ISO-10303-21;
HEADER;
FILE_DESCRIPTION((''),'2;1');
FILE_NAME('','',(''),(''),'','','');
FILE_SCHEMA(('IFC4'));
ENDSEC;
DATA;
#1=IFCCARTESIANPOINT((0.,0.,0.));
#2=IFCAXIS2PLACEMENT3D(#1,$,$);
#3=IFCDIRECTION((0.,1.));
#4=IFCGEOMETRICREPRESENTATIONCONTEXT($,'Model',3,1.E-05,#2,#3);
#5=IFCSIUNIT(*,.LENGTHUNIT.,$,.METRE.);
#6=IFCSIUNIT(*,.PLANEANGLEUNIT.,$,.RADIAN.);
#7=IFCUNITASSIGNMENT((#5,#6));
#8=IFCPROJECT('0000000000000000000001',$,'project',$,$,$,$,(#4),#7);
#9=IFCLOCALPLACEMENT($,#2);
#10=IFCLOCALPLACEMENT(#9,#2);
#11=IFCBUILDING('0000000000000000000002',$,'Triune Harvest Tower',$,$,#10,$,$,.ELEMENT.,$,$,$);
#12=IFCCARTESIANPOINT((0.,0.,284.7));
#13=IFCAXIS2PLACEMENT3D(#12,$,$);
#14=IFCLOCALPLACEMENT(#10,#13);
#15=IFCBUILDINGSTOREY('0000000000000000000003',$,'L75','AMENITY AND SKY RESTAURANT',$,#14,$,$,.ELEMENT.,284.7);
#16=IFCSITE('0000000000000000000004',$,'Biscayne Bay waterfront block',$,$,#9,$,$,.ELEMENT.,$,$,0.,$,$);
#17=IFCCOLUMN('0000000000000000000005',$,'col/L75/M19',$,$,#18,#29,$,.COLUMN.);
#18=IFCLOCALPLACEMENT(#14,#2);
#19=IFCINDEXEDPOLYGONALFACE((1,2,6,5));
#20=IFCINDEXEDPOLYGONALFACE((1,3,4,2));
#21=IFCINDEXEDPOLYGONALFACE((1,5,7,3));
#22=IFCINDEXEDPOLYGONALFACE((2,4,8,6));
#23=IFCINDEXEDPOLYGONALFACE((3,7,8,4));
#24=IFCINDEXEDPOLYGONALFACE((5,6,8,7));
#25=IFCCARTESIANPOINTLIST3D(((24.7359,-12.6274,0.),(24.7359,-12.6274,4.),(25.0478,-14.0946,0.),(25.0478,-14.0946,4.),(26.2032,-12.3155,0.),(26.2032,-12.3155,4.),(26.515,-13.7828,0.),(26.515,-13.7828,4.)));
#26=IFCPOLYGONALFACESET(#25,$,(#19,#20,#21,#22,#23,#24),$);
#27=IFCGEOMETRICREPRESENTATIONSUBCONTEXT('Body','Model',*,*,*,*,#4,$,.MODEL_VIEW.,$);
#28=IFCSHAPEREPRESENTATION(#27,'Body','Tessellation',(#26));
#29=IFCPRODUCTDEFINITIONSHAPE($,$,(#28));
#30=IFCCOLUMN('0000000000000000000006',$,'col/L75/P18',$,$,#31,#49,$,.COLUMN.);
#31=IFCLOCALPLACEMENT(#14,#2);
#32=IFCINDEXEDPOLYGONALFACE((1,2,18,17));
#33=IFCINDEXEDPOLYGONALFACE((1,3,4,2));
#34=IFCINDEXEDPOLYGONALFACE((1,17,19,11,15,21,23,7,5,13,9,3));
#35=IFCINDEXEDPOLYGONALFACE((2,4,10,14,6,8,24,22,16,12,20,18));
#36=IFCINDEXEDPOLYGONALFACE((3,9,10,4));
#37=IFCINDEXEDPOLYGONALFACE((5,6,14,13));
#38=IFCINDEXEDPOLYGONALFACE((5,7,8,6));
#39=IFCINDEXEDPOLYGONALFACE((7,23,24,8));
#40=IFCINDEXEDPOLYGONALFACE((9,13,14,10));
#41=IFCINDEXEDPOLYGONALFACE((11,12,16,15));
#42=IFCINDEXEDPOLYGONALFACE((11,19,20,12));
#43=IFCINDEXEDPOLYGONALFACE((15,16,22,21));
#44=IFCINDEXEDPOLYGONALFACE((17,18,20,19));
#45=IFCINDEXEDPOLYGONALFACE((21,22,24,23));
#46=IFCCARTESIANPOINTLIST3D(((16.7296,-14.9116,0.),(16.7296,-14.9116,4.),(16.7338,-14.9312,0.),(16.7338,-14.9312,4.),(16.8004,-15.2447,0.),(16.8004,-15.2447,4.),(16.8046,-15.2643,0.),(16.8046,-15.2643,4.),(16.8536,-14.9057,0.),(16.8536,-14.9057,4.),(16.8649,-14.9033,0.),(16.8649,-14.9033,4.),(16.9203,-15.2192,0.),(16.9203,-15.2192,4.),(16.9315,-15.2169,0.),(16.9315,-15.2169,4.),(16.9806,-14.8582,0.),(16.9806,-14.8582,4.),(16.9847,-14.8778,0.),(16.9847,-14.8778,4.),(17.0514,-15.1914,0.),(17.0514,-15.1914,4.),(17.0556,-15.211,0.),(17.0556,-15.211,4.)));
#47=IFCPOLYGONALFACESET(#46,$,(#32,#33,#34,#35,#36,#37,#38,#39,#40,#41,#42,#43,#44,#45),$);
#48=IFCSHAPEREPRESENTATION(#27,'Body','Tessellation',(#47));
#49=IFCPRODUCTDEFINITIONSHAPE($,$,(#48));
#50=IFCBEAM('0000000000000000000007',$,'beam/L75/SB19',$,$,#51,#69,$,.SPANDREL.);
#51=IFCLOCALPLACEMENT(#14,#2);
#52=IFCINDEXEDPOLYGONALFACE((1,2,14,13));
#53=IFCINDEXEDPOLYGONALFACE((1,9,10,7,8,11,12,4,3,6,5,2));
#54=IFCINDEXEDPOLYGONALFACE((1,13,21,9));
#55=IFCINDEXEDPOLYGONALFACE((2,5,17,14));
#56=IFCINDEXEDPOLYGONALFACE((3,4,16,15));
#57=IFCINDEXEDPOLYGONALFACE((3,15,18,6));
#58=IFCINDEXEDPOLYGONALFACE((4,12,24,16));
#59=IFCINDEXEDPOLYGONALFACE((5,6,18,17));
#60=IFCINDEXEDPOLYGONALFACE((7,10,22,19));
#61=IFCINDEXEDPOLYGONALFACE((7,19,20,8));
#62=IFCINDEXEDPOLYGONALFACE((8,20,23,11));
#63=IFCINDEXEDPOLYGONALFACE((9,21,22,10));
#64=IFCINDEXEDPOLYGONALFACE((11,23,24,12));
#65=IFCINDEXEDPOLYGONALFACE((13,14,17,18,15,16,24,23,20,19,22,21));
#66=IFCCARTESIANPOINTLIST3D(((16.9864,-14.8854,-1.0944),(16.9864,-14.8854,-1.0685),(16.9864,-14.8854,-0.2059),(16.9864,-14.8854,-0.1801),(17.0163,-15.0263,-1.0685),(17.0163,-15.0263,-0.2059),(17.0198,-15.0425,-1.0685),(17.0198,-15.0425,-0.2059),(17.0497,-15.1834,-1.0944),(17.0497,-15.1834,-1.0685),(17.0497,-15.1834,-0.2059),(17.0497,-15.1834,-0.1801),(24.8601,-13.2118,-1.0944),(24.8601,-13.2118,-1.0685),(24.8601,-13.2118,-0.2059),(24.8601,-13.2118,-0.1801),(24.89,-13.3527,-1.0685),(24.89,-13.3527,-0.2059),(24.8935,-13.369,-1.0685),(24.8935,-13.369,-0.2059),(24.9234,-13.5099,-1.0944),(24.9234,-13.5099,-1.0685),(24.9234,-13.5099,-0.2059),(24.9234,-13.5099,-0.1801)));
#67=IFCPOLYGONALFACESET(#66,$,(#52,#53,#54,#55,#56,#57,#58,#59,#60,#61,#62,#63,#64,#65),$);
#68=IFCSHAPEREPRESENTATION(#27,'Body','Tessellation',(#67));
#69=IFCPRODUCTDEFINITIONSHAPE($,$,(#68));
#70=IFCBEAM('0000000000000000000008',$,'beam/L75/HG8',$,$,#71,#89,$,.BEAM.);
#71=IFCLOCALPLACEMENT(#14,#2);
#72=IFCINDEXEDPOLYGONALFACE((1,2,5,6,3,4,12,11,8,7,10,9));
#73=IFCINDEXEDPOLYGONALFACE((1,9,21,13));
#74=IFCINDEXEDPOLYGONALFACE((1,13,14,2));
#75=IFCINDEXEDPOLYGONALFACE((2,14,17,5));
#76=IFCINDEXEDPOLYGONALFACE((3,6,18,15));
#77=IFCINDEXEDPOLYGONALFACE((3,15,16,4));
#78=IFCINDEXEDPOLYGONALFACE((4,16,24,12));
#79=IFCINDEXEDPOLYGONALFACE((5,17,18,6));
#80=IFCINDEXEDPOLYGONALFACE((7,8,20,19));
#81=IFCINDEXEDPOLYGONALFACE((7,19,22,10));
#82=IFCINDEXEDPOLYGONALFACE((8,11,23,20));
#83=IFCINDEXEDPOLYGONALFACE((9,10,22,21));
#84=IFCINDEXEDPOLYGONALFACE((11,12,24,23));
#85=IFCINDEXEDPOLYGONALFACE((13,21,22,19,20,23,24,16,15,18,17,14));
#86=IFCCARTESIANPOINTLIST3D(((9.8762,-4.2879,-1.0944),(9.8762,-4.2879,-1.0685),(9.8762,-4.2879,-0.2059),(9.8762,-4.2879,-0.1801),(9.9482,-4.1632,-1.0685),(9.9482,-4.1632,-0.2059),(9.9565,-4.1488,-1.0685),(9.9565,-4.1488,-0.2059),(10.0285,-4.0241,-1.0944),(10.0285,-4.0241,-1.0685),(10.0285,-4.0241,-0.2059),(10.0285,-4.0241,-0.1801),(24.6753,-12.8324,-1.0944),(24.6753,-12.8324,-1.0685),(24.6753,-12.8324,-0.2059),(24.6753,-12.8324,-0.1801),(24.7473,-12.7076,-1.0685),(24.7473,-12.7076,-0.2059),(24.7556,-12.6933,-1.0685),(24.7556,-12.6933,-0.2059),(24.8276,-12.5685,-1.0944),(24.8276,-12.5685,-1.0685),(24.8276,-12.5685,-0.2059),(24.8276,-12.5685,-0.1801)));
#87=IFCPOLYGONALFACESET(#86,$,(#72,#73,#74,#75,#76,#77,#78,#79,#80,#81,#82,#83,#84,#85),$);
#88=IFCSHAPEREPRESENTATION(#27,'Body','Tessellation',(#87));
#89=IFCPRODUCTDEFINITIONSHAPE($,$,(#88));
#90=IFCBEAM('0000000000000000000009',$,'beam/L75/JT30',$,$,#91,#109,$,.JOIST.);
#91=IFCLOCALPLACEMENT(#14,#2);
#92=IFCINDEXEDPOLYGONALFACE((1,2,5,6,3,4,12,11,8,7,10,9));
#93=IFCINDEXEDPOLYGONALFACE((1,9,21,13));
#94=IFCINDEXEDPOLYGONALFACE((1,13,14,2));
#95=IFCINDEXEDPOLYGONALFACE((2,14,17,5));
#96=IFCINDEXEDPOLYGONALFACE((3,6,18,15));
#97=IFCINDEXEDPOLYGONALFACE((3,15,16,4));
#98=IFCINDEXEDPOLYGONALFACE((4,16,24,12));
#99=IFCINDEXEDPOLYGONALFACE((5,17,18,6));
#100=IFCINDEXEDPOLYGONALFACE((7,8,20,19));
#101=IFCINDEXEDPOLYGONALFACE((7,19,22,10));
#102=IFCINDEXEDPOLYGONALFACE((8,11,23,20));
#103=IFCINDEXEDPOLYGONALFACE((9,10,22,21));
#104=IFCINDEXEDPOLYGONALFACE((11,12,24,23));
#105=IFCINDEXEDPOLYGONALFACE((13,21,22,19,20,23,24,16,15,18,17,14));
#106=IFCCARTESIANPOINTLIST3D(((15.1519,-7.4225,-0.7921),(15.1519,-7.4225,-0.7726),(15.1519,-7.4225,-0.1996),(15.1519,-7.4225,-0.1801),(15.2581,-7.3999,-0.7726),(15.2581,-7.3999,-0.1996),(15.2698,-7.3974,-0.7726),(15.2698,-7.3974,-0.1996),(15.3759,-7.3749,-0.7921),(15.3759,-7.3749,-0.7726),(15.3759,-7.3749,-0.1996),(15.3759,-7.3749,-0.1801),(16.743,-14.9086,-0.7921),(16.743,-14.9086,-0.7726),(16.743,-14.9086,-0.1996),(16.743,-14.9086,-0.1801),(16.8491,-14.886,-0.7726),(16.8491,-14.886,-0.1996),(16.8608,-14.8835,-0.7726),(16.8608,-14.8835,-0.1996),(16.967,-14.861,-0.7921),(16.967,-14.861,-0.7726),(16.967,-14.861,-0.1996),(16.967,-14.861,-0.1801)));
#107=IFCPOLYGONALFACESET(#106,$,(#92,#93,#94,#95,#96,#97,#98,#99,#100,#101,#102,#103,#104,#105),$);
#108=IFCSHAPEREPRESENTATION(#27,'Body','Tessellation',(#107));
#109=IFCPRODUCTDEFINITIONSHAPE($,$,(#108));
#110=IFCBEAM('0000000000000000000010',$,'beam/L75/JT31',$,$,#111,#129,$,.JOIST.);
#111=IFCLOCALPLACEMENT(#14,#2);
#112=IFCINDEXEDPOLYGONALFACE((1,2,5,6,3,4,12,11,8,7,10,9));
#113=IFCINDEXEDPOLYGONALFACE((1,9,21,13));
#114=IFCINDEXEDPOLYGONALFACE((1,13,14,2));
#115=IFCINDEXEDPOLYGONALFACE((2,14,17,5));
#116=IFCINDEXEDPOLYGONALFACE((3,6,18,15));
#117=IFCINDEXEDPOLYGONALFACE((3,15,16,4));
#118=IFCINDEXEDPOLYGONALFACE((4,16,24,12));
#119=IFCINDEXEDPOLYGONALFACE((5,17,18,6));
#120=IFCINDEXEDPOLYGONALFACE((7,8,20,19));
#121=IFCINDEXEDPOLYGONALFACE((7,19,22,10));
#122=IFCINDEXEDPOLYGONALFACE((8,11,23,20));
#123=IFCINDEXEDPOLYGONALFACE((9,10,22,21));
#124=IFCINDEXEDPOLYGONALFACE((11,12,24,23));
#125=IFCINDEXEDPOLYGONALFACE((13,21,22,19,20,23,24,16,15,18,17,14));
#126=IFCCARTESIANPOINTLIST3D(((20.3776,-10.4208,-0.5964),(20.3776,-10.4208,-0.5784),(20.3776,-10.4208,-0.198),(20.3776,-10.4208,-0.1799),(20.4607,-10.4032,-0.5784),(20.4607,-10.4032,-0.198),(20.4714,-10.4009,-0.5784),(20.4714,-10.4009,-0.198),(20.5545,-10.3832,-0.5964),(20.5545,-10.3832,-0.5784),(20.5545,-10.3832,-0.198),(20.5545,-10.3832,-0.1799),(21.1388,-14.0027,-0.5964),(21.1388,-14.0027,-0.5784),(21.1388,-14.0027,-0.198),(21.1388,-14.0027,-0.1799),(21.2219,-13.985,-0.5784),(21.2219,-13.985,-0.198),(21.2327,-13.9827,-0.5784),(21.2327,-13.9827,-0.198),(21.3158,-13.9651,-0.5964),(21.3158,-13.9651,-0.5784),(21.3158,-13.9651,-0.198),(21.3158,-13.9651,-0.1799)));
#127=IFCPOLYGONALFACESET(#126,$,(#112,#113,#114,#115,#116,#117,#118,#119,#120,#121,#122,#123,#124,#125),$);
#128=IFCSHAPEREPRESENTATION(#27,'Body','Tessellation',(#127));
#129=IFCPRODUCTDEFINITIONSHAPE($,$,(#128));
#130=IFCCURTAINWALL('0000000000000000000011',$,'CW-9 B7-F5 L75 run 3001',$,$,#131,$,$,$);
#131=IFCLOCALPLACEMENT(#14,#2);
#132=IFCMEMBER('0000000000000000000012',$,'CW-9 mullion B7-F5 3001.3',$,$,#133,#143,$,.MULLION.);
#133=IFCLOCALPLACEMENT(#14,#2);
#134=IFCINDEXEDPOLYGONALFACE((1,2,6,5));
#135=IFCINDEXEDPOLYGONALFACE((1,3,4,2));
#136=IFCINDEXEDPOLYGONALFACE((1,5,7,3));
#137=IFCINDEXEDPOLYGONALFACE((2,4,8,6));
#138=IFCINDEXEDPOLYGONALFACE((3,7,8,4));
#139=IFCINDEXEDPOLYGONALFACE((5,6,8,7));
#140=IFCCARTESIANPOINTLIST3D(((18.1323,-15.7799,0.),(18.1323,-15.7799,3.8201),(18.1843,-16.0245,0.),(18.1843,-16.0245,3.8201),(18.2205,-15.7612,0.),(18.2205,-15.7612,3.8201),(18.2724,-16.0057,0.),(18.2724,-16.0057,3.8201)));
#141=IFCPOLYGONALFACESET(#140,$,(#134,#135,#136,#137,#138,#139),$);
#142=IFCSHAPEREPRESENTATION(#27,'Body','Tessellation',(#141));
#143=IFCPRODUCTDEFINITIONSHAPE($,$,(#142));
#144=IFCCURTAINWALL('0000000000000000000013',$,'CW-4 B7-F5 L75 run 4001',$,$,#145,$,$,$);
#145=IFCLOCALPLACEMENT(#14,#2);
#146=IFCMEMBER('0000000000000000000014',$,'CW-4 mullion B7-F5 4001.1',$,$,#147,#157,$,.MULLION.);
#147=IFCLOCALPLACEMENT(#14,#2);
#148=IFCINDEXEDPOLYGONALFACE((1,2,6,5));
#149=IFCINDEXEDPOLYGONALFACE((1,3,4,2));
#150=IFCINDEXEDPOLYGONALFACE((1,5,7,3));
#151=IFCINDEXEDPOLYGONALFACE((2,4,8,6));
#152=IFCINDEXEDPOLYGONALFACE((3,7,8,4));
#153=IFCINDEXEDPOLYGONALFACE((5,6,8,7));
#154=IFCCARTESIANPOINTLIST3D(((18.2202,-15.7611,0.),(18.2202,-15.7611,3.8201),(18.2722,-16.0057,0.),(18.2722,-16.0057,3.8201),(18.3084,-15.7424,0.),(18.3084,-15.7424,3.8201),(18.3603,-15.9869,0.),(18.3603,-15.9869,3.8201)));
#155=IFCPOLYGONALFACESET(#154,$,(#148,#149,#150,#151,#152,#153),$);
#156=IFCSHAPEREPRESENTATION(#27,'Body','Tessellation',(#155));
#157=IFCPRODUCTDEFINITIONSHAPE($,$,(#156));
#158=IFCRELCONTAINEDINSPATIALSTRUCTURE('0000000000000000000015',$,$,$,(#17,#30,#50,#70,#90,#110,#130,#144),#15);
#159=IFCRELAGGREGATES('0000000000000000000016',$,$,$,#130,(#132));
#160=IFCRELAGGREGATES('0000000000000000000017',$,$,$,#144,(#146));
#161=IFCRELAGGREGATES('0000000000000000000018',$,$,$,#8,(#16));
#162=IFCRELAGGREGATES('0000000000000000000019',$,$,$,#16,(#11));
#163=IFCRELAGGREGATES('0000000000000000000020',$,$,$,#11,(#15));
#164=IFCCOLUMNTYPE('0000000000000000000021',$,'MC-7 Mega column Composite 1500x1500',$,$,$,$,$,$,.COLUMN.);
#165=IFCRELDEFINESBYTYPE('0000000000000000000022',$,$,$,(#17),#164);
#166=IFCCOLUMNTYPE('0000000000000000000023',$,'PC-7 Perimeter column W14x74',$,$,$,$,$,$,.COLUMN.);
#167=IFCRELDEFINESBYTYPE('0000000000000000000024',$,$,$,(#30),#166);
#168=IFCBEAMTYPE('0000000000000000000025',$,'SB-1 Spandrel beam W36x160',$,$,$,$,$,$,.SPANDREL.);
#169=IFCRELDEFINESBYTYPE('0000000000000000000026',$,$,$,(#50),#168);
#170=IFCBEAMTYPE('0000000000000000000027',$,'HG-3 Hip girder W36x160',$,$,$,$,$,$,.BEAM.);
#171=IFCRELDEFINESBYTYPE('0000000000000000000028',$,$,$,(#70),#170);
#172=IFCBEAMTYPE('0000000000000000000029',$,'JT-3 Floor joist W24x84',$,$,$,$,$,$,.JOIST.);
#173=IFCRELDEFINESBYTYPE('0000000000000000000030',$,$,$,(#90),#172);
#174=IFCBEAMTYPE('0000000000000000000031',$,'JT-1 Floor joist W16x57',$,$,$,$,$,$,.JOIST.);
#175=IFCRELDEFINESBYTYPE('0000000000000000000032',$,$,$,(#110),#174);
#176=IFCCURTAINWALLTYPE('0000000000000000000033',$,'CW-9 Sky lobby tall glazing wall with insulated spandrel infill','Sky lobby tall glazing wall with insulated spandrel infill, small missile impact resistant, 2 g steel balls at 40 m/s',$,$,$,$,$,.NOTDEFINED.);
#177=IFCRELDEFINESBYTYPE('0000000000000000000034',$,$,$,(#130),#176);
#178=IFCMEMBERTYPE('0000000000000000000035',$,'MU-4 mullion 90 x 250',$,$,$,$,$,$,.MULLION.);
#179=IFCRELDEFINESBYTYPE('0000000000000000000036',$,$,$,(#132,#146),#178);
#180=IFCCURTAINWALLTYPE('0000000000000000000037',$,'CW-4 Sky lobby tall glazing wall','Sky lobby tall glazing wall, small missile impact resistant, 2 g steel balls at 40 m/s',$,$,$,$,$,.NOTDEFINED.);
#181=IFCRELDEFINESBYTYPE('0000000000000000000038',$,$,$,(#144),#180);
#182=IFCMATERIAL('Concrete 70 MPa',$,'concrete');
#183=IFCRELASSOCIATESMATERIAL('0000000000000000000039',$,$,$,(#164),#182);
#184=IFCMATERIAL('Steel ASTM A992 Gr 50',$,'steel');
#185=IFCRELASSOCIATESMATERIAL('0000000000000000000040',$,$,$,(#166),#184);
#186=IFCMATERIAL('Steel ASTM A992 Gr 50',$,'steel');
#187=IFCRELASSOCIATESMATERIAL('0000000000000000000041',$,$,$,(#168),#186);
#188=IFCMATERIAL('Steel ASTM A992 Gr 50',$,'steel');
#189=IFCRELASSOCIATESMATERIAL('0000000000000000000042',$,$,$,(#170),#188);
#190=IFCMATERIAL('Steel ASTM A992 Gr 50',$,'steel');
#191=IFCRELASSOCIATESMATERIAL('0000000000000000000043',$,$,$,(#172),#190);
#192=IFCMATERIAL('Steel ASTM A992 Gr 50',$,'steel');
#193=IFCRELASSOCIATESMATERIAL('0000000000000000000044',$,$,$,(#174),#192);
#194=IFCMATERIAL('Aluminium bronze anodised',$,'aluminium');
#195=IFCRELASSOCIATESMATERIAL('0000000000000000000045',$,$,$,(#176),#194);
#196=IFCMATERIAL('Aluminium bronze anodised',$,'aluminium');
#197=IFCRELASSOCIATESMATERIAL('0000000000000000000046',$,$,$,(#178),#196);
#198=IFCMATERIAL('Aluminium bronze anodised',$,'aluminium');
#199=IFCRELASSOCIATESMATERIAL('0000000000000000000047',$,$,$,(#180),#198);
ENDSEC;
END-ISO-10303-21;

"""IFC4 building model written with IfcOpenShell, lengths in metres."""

from ifc_helpers import new_model, si_unit, direction, frame, origin, origin_2d, place, context, subcontext, project, spatial, rectangle, i_section, extrude, source, transform, mapped, material, material_profile, profile_set, type_object, element, aggregate, save


model = new_model("IFC4")

# Units and contexts
model_context = context("Model", 3, precision=1e-05, world=origin(), true_north=direction((0.0, 1.0)))
body_context = subcontext(model_context, "Body", "Model", "MODEL_VIEW")
ifc_project = project(units=[si_unit("LENGTHUNIT", "METRE"), si_unit("PLANEANGLEUNIT", "RADIAN")], contexts=[model_context])

# Site, building, storey
site_placement = place(None, origin())
site = spatial("IfcSite", under=ifc_project, at=site_placement, Name="Biscayne Bay waterfront block", CompositionType="ELEMENT", RefElevation=0.0)
building_placement = place(site_placement, origin())
building = spatial("IfcBuilding", under=site, at=building_placement, Name="Triune Harvest Tower", CompositionType="ELEMENT")
storey_placement = place(building_placement, frame((0.0, 0.0, 284.7)))
storey = spatial("IfcBuildingStorey", under=building, at=storey_placement, Name="L75", Description="AMENITY AND SKY RESTAURANT", CompositionType="ELEMENT", Elevation=284.7)

# Columns
ifc_material_1 = material(Name="Concrete 70 MPa", Category="concrete")
ifc_material_profile_1 = material_profile(ifc_material_1, rectangle(XDim=1.5, YDim=1.5, at=origin_2d()), Name="Composite 1500x1500")
ifc_profile_set_1 = profile_set([ifc_material_profile_1], Name="Concrete 70 MPa")
column_type_1 = type_object("IfcColumnType", Name="MC-7 Mega column Composite 1500x1500", PredefinedType="COLUMN", material=ifc_profile_set_1)
shared_shape_1 = source(origin(), body_context, "Body", "SweptSolid", [
    extrude(rectangle(XDim=1.5, YDim=1.5, at=origin_2d()), origin(), (0.0, 0.0, 1.0), 4.0),
])
column_1_placement = place(storey_placement, frame((25.6255, -13.2051, 0.0), z_axis=(0.0, 0.0, 1.0), x_axis=(0.978147, 0.207913, 0.0)))
element("IfcColumn", 1, at=column_1_placement, inside=storey, type_object=column_type_1, Name="col/L75/M19", PredefinedType="COLUMN", context=body_context, shape_type="MappedRepresentation", body=[
    mapped(shared_shape_1, transform((0.0, 0.0, 0.0), scale=1.0)),
])
ifc_material_2 = material(Name="Steel ASTM A992 Gr 50", Category="steel")
ifc_material_profile_2 = material_profile(ifc_material_2, i_section(OverallWidth=0.2566, OverallDepth=0.3606, WebThickness=0.0115, FlangeThickness=0.02, at=origin_2d()), Name="W14x74")
ifc_profile_set_2 = profile_set([ifc_material_profile_2], Name="Steel ASTM A992 Gr 50")
column_type_2 = type_object("IfcColumnType", Name="PC-7 Perimeter column W14x74", PredefinedType="COLUMN", material=ifc_profile_set_2)
shared_shape_2 = source(origin(), body_context, "Body", "SweptSolid", [
    extrude(i_section(OverallWidth=0.2566, OverallDepth=0.3606, WebThickness=0.0115, FlangeThickness=0.02, at=origin_2d()), origin(), (0.0, 0.0, 1.0), 4.0),
])
column_2_placement = place(storey_placement, frame((16.8926, -15.0613, 0.0), z_axis=(0.0, 0.0, 1.0), x_axis=(0.978147, 0.207913, 0.0)))
element("IfcColumn", 2, at=column_2_placement, inside=storey, type_object=column_type_2, Name="col/L75/P18", PredefinedType="COLUMN", context=body_context, shape_type="MappedRepresentation", body=[
    mapped(shared_shape_2, transform((0.0, 0.0, 0.0), scale=1.0)),
])

# Beams
ifc_material_3 = material(Name="Steel ASTM A992 Gr 50", Category="steel")
ifc_material_profile_3 = material_profile(ifc_material_3, i_section(OverallWidth=0.3047, OverallDepth=0.9143, WebThickness=0.0166, FlangeThickness=0.0259, at=origin_2d()), Name="W36x160")
ifc_profile_set_3 = profile_set([ifc_material_profile_3], Name="Steel ASTM A992 Gr 50")
beam_type_1 = type_object("IfcBeamType", Name="SB-1 Spandrel beam W36x160", PredefinedType="SPANDREL", material=ifc_profile_set_3)
shared_shape_3 = source(origin(), body_context, "Body", "SweptSolid", [
    extrude(i_section(OverallWidth=0.3047, OverallDepth=0.9143, WebThickness=0.0166, FlangeThickness=0.0259, at=origin_2d()), origin(), (0.0, 0.0, 1.0), 8.0496),
])
beam_1_placement = place(storey_placement, frame((17.0181, -15.0344, -0.6372), z_axis=(0.978149, 0.207907, 0.0), x_axis=(-0.207907, 0.978149, 0.0)))
element("IfcBeam", 3, at=beam_1_placement, inside=storey, type_object=beam_type_1, Name="beam/L75/SB19", PredefinedType="SPANDREL", context=body_context, shape_type="MappedRepresentation", body=[
    mapped(shared_shape_3, transform((0.0, 0.0, 0.0), scale=1.0)),
])
ifc_material_4 = material(Name="Steel ASTM A992 Gr 50", Category="steel")
ifc_material_profile_4 = material_profile(ifc_material_4, i_section(OverallWidth=0.3047, OverallDepth=0.9143, WebThickness=0.0166, FlangeThickness=0.0259, at=origin_2d()), Name="W36x160")
ifc_profile_set_4 = profile_set([ifc_material_profile_4], Name="Steel ASTM A992 Gr 50")
beam_type_2 = type_object("IfcBeamType", Name="HG-3 Hip girder W36x160", PredefinedType="BEAM", material=ifc_profile_set_4)
shared_shape_4 = source(origin(), body_context, "Body", "SweptSolid", [
    extrude(i_section(OverallWidth=0.3047, OverallDepth=0.9143, WebThickness=0.0166, FlangeThickness=0.0259, at=origin_2d()), origin(), (0.0, 0.0, 1.0), 17.0886),
])
beam_2_placement = place(storey_placement, frame((24.7515, -12.7004, -0.6372), z_axis=(-0.866021, 0.500008, 0.0), x_axis=(-0.500008, -0.866021, 0.0)))
element("IfcBeam", 4, at=beam_2_placement, inside=storey, type_object=beam_type_2, Name="beam/L75/HG8", PredefinedType="BEAM", context=body_context, shape_type="MappedRepresentation", body=[
    mapped(shared_shape_4, transform((0.0, 0.0, 0.0), scale=1.0)),
])
ifc_material_5 = material(Name="Steel ASTM A992 Gr 50", Category="steel")
ifc_material_profile_5 = material_profile(ifc_material_5, i_section(OverallWidth=0.229, OverallDepth=0.6121, WebThickness=0.012, FlangeThickness=0.0195, at=origin_2d()), Name="W24x84")
ifc_profile_set_5 = profile_set([ifc_material_profile_5], Name="Steel ASTM A992 Gr 50")
beam_type_3 = type_object("IfcBeamType", Name="JT-3 Floor joist W24x84", PredefinedType="JOIST", material=ifc_profile_set_5)
shared_shape_5 = source(origin(), body_context, "Body", "SweptSolid", [
    extrude(i_section(OverallWidth=0.229, OverallDepth=0.6121, WebThickness=0.012, FlangeThickness=0.0195, at=origin_2d()), origin(), (0.0, 0.0, 1.0), 7.6533),
])
beam_3_placement = place(storey_placement, frame((16.855, -14.8848, -0.4861), z_axis=(-0.207893, 0.978152, 0.0), x_axis=(-0.978152, -0.207893, 0.0)))
element("IfcBeam", 5, at=beam_3_placement, inside=storey, type_object=beam_type_3, Name="beam/L75/JT30", PredefinedType="JOIST", context=body_context, shape_type="MappedRepresentation", body=[
    mapped(shared_shape_5, transform((0.0, 0.0, 0.0), scale=1.0)),
])
ifc_material_6 = material(Name="Steel ASTM A992 Gr 50", Category="steel")
ifc_material_profile_6 = material_profile(ifc_material_6, i_section(OverallWidth=0.1809, OverallDepth=0.4165, WebThickness=0.011, FlangeThickness=0.0181, at=origin_2d()), Name="W16x57")
ifc_profile_set_6 = profile_set([ifc_material_profile_6], Name="Steel ASTM A992 Gr 50")
beam_type_4 = type_object("IfcBeamType", Name="JT-1 Floor joist W16x57", PredefinedType="JOIST", material=ifc_profile_set_6)
shared_shape_6 = source(origin(), body_context, "Body", "SweptSolid", [
    extrude(i_section(OverallWidth=0.1809, OverallDepth=0.4165, WebThickness=0.011, FlangeThickness=0.0181, at=origin_2d()), origin(), (0.0, 0.0, 1.0), 3.6619),
])
beam_4_placement = place(storey_placement, frame((21.2273, -13.9839, -0.3882), z_axis=(-0.207885, 0.978153, 0.0), x_axis=(-0.978153, -0.207885, 0.0)))
element("IfcBeam", 6, at=beam_4_placement, inside=storey, type_object=beam_type_4, Name="beam/L75/JT31", PredefinedType="JOIST", context=body_context, shape_type="MappedRepresentation", body=[
    mapped(shared_shape_6, transform((0.0, 0.0, 0.0), scale=1.0)),
])

# Curtain wall, member
ifc_material_7 = material(Name="Aluminium bronze anodised", Category="aluminium")
curtain_wall_type_1 = type_object("IfcCurtainWallType", Name="CW-9 Sky lobby tall glazing wall with insulated spandrel infill", Description="Sky lobby tall glazing wall with insulated spandrel infill, small missile impact resistant, 2 g steel balls at 40 m/s", PredefinedType="NOTDEFINED", material=ifc_material_7)
curtain_wall_1_placement = place(storey_placement, origin())
curtain_wall_1 = element("IfcCurtainWall", 7, at=curtain_wall_1_placement, inside=storey, type_object=curtain_wall_type_1, Name="CW-9 B7-F5 L75 run 3001")
ifc_material_8 = material(Name="Aluminium bronze anodised", Category="aluminium")
ifc_material_profile_7 = material_profile(ifc_material_8, rectangle(XDim=0.25, YDim=0.0901, at=origin_2d()), Name="MU-4 mullion 90 x 250")
ifc_profile_set_7 = profile_set([ifc_material_profile_7], Name="Aluminium bronze anodised")
member_type_1 = type_object("IfcMemberType", Name="MU-4 mullion 90 x 250", PredefinedType="MULLION", material=ifc_profile_set_7)
shared_shape_7 = source(origin(), body_context, "Body", "SweptSolid", [
    extrude(rectangle(XDim=0.25, YDim=0.0901, at=origin_2d()), origin(), (0.0, 0.0, 1.0), 3.8201),
])
member_1_placement = place(storey_placement, frame((18.2024, -15.8928, 0.0), z_axis=(0.0, 0.0, 1.0), x_axis=(-0.207904, 0.978149, 0.0)))
member_1 = element("IfcMember", 8, at=member_1_placement, type_object=member_type_1, Name="CW-9 mullion B7-F5 3001.3", PredefinedType="MULLION", context=body_context, shape_type="MappedRepresentation", body=[
    mapped(shared_shape_7, transform((0.0, 0.0, 0.0), scale=1.0)),
])

# Curtain wall, member
ifc_material_9 = material(Name="Aluminium bronze anodised", Category="aluminium")
curtain_wall_type_2 = type_object("IfcCurtainWallType", Name="CW-4 Sky lobby tall glazing wall", Description="Sky lobby tall glazing wall, small missile impact resistant, 2 g steel balls at 40 m/s", PredefinedType="NOTDEFINED", material=ifc_material_9)
curtain_wall_2_placement = place(storey_placement, origin())
curtain_wall_2 = element("IfcCurtainWall", 9, at=curtain_wall_2_placement, inside=storey, type_object=curtain_wall_type_2, Name="CW-4 B7-F5 L75 run 4001")
member_2_placement = place(storey_placement, frame((18.2903, -15.874, 0.0), z_axis=(0.0, 0.0, 1.0), x_axis=(-0.207913, 0.978147, 0.0)))
member_2 = element("IfcMember", 10, at=member_2_placement, type_object=member_type_1, Name="CW-4 mullion B7-F5 4001.1", PredefinedType="MULLION", context=body_context, shape_type="MappedRepresentation", body=[
    mapped(shared_shape_7, transform((0.0, 0.0, 0.0), scale=1.0)),
])

aggregate(curtain_wall_1, [member_1])
aggregate(curtain_wall_2, [member_2])

save(model, "model.ifc")
